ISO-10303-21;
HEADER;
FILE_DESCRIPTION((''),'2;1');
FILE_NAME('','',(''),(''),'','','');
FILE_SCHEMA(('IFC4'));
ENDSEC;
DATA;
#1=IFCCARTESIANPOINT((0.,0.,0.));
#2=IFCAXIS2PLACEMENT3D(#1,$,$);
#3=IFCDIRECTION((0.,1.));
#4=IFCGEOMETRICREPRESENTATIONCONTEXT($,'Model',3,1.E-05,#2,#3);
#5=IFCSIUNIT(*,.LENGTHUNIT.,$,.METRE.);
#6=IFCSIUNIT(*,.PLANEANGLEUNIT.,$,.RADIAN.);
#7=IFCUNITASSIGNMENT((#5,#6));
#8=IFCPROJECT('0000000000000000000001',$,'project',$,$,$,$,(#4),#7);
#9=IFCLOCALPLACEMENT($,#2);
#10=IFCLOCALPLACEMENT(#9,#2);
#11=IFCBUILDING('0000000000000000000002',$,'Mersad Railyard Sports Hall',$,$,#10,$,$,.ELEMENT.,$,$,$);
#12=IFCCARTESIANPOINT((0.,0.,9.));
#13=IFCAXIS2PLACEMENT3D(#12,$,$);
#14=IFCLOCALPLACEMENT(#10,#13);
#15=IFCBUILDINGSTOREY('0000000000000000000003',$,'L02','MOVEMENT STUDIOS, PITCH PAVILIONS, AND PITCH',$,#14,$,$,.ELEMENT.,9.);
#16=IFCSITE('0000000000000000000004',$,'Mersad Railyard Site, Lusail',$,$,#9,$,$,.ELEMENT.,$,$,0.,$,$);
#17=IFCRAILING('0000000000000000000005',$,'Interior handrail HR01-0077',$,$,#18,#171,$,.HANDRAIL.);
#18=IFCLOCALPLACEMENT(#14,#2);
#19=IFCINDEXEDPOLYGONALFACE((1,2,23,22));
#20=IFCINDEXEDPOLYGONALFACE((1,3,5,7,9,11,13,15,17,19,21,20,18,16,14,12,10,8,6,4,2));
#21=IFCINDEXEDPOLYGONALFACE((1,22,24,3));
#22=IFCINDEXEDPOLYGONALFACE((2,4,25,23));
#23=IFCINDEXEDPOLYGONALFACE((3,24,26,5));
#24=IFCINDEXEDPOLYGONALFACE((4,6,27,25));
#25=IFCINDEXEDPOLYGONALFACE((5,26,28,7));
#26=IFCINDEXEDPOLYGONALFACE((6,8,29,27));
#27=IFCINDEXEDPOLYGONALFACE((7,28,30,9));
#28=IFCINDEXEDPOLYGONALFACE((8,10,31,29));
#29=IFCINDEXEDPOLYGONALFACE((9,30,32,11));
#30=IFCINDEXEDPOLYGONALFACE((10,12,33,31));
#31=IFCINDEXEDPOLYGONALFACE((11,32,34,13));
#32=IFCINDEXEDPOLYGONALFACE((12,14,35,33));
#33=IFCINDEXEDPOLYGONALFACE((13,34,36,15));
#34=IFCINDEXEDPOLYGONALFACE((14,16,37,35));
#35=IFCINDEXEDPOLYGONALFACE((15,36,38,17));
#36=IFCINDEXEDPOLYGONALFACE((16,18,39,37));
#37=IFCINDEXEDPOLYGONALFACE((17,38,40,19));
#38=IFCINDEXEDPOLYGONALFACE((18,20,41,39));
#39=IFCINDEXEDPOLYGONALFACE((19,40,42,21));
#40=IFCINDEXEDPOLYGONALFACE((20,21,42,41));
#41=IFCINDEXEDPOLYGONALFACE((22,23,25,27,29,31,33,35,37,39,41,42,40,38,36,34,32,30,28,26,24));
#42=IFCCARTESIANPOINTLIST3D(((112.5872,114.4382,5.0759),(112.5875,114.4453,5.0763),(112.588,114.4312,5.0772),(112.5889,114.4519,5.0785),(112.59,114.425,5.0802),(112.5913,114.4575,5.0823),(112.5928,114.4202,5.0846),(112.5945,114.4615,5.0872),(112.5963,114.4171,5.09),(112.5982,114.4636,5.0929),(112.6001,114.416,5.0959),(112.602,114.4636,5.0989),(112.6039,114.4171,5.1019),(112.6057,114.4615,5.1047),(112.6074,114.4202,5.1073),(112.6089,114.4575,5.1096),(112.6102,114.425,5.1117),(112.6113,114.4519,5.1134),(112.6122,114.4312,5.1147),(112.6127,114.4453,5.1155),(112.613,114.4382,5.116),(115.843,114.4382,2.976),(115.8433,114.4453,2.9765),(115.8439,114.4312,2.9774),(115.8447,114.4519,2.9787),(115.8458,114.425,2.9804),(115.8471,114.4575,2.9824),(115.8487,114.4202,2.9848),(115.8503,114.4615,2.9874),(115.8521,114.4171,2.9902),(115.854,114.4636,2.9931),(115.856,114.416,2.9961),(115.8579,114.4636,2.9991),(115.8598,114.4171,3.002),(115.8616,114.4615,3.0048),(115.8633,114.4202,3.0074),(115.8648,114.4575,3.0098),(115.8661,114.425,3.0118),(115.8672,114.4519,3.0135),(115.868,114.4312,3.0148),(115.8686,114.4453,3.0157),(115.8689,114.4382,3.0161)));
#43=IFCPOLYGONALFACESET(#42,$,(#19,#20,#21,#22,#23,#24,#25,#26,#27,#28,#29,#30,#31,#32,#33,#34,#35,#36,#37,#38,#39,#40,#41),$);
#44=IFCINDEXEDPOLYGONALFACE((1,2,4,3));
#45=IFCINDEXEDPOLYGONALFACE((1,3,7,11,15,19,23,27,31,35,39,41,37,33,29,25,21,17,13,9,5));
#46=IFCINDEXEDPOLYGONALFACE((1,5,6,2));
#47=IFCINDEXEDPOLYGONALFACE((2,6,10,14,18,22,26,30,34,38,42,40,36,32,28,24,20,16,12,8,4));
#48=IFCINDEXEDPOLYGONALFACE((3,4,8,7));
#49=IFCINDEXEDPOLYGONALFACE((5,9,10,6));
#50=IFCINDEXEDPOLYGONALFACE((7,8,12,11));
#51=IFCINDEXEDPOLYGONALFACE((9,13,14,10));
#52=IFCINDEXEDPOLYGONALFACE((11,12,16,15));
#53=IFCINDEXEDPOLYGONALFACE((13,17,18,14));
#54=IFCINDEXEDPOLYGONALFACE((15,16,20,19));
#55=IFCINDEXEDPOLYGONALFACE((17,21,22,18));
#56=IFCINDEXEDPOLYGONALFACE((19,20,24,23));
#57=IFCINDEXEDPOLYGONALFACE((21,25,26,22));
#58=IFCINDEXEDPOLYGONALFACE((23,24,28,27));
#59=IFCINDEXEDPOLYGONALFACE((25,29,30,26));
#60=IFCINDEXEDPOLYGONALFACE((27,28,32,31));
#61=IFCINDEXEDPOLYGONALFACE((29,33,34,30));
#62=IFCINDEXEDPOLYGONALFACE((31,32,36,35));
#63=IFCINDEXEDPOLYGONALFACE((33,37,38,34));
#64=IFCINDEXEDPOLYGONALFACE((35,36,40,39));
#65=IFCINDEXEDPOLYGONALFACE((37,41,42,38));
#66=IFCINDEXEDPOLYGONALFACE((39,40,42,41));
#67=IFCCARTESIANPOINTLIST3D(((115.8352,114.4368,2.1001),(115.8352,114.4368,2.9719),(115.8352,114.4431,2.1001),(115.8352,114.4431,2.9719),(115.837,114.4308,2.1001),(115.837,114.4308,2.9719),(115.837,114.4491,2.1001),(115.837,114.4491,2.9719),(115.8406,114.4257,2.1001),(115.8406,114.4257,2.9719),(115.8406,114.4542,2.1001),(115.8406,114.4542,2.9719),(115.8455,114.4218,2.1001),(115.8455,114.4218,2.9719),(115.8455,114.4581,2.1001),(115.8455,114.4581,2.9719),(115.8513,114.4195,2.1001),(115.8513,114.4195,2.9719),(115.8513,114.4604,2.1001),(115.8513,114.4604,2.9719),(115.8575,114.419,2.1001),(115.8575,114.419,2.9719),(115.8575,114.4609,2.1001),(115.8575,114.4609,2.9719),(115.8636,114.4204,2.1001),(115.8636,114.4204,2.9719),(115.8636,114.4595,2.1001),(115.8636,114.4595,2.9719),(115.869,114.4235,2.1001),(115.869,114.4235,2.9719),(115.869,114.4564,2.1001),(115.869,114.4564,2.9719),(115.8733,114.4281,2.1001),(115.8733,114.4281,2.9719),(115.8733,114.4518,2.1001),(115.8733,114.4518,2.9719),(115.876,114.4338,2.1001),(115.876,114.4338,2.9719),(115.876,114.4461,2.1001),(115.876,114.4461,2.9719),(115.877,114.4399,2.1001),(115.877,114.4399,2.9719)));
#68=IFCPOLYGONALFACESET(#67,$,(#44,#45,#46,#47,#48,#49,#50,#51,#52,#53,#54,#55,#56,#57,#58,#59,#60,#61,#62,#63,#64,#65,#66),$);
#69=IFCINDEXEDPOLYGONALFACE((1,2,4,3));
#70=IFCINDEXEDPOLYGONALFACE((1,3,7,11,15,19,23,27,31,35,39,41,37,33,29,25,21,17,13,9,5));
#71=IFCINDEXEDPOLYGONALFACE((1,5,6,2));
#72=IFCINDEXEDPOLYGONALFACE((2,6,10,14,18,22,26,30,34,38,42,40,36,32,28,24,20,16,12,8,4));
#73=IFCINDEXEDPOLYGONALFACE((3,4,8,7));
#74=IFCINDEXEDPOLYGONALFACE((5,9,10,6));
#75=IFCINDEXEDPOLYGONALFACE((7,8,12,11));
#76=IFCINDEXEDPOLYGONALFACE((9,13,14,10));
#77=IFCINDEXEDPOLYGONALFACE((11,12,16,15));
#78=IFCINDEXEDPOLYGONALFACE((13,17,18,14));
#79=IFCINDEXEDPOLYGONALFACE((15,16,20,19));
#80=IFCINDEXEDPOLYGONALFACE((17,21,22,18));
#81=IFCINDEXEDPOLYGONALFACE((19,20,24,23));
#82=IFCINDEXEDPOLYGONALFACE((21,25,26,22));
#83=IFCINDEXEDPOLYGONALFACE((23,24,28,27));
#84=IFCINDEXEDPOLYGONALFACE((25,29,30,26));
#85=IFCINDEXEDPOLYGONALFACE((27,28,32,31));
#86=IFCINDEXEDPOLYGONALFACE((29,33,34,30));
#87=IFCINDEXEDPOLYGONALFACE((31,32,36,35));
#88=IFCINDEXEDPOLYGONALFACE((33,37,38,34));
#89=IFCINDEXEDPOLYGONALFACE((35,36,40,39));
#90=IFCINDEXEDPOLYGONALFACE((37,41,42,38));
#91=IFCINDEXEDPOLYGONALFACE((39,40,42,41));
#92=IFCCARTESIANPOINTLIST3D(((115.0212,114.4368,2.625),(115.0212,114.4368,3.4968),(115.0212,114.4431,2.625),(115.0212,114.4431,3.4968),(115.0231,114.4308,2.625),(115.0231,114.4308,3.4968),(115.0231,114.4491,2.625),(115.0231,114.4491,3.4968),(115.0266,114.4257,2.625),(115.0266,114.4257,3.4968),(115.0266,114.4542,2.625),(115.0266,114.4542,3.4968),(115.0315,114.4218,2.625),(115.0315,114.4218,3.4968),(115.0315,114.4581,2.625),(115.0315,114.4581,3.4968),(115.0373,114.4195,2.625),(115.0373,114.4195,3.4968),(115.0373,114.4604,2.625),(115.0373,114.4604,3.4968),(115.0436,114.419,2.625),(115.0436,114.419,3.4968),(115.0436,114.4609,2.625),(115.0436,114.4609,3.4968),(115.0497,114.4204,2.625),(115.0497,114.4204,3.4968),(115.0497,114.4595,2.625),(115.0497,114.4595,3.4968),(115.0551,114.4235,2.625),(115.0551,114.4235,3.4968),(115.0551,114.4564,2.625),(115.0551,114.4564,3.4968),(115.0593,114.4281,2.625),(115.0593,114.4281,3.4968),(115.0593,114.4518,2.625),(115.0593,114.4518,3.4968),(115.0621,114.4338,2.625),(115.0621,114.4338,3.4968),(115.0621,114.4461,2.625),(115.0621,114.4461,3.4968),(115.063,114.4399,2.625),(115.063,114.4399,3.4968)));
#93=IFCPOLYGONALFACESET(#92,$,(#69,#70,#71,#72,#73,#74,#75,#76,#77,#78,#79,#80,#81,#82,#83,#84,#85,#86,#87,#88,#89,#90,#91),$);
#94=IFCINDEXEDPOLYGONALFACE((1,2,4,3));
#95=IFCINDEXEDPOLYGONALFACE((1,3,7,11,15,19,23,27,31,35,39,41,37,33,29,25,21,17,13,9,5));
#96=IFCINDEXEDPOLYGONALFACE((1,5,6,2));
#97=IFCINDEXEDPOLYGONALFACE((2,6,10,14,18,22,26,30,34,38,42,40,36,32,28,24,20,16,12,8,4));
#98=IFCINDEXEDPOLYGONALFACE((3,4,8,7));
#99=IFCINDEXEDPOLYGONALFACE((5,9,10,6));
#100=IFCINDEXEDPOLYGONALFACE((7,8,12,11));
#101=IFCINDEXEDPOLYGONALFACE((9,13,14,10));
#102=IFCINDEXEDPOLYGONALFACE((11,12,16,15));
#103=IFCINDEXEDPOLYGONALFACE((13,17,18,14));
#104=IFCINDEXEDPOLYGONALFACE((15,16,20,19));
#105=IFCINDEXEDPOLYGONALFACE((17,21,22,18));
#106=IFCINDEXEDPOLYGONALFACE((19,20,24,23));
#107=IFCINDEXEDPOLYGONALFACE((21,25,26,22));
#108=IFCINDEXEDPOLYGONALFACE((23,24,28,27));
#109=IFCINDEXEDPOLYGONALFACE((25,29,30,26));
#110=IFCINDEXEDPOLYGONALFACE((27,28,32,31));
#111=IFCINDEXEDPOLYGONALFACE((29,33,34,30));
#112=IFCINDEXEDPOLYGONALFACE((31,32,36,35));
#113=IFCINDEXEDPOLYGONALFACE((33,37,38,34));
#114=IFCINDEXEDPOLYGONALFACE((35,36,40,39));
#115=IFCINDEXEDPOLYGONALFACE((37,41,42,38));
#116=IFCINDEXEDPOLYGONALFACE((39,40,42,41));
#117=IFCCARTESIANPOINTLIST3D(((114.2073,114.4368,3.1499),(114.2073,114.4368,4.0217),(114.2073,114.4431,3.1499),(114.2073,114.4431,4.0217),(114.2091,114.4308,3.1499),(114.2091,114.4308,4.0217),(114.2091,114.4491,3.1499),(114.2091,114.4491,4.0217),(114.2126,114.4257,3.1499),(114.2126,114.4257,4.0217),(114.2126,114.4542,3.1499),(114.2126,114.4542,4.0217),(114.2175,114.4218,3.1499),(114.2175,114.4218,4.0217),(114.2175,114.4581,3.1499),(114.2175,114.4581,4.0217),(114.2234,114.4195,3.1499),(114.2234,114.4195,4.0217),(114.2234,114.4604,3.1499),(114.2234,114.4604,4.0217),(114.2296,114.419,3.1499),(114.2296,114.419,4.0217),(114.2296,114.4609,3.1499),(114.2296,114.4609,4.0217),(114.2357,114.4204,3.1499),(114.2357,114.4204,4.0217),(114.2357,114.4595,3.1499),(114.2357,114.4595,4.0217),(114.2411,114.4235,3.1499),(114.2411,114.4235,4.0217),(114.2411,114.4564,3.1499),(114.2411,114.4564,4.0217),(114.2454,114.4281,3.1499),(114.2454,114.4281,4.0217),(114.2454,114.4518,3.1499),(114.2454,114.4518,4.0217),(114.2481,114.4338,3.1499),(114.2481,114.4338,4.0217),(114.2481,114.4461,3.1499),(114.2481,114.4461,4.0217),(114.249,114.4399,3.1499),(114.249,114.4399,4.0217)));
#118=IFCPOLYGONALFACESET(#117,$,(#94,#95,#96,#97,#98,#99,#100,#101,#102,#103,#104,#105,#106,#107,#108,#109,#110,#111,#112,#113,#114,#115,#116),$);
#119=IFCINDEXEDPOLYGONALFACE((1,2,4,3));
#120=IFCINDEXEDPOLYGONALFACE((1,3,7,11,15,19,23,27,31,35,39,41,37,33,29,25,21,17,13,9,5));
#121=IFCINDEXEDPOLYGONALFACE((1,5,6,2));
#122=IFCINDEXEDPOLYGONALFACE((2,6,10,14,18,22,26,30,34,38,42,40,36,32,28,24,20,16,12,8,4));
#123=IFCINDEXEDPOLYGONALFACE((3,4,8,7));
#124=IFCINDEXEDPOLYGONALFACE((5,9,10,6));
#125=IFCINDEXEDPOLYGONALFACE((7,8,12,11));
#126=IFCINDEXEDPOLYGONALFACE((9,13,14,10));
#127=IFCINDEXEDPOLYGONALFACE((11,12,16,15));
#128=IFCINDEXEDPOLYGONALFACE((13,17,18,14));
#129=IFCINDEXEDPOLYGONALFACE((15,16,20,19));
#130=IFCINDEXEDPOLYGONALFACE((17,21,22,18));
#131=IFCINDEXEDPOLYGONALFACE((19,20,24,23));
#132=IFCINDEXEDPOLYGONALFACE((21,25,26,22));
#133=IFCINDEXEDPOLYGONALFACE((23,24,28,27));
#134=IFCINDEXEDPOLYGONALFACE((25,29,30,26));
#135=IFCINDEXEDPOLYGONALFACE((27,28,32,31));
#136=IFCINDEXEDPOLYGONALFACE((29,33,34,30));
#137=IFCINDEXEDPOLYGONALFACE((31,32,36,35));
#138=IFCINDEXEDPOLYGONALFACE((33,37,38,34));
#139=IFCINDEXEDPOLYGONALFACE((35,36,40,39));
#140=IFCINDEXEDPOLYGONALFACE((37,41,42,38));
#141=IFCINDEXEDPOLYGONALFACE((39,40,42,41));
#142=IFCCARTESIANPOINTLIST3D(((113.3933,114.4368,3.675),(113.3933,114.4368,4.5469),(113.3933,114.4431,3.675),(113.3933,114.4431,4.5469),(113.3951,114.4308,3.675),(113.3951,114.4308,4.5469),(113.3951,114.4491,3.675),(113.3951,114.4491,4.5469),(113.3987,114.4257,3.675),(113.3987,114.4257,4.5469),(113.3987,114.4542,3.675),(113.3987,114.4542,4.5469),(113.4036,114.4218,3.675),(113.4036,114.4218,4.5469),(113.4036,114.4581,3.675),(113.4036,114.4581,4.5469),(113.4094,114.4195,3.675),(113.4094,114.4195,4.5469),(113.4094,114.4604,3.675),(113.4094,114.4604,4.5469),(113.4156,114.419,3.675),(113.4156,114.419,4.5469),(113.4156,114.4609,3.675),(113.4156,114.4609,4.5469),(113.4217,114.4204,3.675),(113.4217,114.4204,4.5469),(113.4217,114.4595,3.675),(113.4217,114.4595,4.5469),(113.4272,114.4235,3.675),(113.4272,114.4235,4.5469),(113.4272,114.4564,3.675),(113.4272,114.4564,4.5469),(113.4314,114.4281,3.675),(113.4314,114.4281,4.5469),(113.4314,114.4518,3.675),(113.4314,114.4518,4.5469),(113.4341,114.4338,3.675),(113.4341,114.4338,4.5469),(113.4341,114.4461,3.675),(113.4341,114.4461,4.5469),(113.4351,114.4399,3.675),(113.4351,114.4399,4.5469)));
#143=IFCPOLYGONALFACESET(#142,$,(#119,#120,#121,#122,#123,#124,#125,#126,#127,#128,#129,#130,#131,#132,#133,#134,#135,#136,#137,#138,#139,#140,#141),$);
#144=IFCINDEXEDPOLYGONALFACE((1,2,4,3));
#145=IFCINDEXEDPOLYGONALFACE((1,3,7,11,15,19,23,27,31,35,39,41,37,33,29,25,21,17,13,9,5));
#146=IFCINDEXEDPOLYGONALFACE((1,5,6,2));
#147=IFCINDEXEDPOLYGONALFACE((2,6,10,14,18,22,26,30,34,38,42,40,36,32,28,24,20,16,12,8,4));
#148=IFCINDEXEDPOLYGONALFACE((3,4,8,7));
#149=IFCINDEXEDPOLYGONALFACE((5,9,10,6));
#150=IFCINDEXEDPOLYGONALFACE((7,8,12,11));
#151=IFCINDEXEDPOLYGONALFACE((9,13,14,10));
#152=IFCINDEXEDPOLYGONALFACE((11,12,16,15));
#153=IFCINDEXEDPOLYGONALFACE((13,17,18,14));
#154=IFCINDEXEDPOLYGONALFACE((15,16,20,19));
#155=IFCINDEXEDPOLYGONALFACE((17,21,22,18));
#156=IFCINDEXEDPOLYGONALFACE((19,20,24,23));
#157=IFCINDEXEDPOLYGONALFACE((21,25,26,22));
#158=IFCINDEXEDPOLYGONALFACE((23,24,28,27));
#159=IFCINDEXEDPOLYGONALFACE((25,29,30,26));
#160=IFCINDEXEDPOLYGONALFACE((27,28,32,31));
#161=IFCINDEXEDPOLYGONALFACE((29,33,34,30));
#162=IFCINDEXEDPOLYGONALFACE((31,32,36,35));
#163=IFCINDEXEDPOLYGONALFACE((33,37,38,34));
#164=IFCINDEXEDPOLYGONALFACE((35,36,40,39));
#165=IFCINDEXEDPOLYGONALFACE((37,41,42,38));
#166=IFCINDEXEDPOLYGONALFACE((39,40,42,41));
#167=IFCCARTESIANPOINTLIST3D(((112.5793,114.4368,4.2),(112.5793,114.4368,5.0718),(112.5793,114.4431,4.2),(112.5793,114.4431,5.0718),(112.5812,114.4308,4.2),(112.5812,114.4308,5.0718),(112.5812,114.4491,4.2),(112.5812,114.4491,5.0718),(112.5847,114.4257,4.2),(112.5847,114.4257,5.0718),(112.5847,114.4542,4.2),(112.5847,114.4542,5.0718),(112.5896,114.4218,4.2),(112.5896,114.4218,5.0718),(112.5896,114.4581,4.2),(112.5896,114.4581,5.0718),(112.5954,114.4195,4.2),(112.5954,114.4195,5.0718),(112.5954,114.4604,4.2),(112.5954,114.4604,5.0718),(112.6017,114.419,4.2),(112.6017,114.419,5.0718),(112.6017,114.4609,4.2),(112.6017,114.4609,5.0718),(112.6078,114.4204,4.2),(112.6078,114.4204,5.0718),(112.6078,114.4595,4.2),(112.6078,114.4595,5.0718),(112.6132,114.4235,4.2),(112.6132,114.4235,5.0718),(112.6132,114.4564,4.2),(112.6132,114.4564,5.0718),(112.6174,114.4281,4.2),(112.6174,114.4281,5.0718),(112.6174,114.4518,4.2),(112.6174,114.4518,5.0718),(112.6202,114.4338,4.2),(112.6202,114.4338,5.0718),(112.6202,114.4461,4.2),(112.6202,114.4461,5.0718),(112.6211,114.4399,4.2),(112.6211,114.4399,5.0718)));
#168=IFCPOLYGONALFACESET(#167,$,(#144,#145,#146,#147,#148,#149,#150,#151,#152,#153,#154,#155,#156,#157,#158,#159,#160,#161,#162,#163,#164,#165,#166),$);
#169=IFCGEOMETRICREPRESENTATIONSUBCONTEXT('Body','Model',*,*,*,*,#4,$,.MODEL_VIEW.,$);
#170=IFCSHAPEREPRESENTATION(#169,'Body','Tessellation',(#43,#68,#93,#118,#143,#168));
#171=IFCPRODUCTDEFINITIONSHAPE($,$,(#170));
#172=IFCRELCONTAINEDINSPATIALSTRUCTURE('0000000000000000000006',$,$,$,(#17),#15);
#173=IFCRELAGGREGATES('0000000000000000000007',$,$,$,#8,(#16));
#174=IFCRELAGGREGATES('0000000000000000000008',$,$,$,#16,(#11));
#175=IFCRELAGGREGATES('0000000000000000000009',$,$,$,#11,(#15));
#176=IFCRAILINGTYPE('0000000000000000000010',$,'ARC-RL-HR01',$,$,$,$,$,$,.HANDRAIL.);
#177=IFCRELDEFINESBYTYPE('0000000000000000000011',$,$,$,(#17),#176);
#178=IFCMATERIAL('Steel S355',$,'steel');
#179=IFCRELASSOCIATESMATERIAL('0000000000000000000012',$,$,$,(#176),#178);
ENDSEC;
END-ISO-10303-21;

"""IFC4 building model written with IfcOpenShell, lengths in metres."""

from ifc_helpers import new_model, si_unit, direction, frame, origin, origin_2d, place, context, subcontext, project, spatial, circle, extrude, material, type_object, element, save


model = new_model("IFC4")

# Units and contexts
model_context = context("Model", 3, precision=1e-05, world=origin(), true_north=direction((0.0, 1.0)))
body_context = subcontext(model_context, "Body", "Model", "MODEL_VIEW")
ifc_project = project(units=[si_unit("LENGTHUNIT", "METRE"), si_unit("PLANEANGLEUNIT", "RADIAN")], contexts=[model_context])

# Site, building, storey
site_placement = place(None, origin())
site = spatial("IfcSite", under=ifc_project, at=site_placement, Name="Mersad Railyard Site, Lusail", CompositionType="ELEMENT", RefElevation=0.0)
building_placement = place(site_placement, origin())
building = spatial("IfcBuilding", under=site, at=building_placement, Name="Mersad Railyard Sports Hall", CompositionType="ELEMENT")
storey_placement = place(building_placement, frame((0.0, 0.0, 9.0)))
storey = spatial("IfcBuildingStorey", under=building, at=storey_placement, Name="L02", Description="MOVEMENT STUDIOS, PITCH PAVILIONS, AND PITCH", CompositionType="ELEMENT", Elevation=9.0)

# Shared definitions
ifc_material_1 = material(Name="Steel S355", Category="steel")

# Railing
railing_type_1 = type_object("IfcRailingType", Name="ARC-RL-HR01", PredefinedType="HANDRAIL", material=ifc_material_1)
railing_1_placement = place(storey_placement, frame((115.856, 114.4399, 2.1001)))
element("IfcRailing", 1, at=railing_1_placement, inside=storey, type_object=railing_type_1, Name="Interior handrail HR01-0077", PredefinedType="HANDRAIL", context=body_context, shape_type="SweptSolid", body=[
    extrude(circle(Radius=0.0239, at=origin_2d()), frame((0.0, 0.0, 0.896), z_axis=(-0.840379, 0.0, 0.541999), x_axis=(0.0, -1.0, 0.0)), (0.0, 0.0, 1.0), 3.8743),
    extrude(circle(Radius=0.021, at=origin_2d()), origin(), (0.0, 0.0, 1.0), 0.8718),
    extrude(circle(Radius=0.021, at=origin_2d()), frame((-0.814, 0.0, 0.5249)), (0.0, 0.0, 1.0), 0.8718),
    extrude(circle(Radius=0.021, at=origin_2d()), frame((-1.6279, 0.0, 1.0498)), (0.0, 0.0, 1.0), 0.8718),
    extrude(circle(Radius=0.021, at=origin_2d()), frame((-2.4419, 0.0, 1.575)), (0.0, 0.0, 1.0), 0.8718),
    extrude(circle(Radius=0.021, at=origin_2d()), frame((-3.2559, 0.0, 2.0999)), (0.0, 0.0, 1.0), 0.8718),
])

save(model, "model.ifc")
